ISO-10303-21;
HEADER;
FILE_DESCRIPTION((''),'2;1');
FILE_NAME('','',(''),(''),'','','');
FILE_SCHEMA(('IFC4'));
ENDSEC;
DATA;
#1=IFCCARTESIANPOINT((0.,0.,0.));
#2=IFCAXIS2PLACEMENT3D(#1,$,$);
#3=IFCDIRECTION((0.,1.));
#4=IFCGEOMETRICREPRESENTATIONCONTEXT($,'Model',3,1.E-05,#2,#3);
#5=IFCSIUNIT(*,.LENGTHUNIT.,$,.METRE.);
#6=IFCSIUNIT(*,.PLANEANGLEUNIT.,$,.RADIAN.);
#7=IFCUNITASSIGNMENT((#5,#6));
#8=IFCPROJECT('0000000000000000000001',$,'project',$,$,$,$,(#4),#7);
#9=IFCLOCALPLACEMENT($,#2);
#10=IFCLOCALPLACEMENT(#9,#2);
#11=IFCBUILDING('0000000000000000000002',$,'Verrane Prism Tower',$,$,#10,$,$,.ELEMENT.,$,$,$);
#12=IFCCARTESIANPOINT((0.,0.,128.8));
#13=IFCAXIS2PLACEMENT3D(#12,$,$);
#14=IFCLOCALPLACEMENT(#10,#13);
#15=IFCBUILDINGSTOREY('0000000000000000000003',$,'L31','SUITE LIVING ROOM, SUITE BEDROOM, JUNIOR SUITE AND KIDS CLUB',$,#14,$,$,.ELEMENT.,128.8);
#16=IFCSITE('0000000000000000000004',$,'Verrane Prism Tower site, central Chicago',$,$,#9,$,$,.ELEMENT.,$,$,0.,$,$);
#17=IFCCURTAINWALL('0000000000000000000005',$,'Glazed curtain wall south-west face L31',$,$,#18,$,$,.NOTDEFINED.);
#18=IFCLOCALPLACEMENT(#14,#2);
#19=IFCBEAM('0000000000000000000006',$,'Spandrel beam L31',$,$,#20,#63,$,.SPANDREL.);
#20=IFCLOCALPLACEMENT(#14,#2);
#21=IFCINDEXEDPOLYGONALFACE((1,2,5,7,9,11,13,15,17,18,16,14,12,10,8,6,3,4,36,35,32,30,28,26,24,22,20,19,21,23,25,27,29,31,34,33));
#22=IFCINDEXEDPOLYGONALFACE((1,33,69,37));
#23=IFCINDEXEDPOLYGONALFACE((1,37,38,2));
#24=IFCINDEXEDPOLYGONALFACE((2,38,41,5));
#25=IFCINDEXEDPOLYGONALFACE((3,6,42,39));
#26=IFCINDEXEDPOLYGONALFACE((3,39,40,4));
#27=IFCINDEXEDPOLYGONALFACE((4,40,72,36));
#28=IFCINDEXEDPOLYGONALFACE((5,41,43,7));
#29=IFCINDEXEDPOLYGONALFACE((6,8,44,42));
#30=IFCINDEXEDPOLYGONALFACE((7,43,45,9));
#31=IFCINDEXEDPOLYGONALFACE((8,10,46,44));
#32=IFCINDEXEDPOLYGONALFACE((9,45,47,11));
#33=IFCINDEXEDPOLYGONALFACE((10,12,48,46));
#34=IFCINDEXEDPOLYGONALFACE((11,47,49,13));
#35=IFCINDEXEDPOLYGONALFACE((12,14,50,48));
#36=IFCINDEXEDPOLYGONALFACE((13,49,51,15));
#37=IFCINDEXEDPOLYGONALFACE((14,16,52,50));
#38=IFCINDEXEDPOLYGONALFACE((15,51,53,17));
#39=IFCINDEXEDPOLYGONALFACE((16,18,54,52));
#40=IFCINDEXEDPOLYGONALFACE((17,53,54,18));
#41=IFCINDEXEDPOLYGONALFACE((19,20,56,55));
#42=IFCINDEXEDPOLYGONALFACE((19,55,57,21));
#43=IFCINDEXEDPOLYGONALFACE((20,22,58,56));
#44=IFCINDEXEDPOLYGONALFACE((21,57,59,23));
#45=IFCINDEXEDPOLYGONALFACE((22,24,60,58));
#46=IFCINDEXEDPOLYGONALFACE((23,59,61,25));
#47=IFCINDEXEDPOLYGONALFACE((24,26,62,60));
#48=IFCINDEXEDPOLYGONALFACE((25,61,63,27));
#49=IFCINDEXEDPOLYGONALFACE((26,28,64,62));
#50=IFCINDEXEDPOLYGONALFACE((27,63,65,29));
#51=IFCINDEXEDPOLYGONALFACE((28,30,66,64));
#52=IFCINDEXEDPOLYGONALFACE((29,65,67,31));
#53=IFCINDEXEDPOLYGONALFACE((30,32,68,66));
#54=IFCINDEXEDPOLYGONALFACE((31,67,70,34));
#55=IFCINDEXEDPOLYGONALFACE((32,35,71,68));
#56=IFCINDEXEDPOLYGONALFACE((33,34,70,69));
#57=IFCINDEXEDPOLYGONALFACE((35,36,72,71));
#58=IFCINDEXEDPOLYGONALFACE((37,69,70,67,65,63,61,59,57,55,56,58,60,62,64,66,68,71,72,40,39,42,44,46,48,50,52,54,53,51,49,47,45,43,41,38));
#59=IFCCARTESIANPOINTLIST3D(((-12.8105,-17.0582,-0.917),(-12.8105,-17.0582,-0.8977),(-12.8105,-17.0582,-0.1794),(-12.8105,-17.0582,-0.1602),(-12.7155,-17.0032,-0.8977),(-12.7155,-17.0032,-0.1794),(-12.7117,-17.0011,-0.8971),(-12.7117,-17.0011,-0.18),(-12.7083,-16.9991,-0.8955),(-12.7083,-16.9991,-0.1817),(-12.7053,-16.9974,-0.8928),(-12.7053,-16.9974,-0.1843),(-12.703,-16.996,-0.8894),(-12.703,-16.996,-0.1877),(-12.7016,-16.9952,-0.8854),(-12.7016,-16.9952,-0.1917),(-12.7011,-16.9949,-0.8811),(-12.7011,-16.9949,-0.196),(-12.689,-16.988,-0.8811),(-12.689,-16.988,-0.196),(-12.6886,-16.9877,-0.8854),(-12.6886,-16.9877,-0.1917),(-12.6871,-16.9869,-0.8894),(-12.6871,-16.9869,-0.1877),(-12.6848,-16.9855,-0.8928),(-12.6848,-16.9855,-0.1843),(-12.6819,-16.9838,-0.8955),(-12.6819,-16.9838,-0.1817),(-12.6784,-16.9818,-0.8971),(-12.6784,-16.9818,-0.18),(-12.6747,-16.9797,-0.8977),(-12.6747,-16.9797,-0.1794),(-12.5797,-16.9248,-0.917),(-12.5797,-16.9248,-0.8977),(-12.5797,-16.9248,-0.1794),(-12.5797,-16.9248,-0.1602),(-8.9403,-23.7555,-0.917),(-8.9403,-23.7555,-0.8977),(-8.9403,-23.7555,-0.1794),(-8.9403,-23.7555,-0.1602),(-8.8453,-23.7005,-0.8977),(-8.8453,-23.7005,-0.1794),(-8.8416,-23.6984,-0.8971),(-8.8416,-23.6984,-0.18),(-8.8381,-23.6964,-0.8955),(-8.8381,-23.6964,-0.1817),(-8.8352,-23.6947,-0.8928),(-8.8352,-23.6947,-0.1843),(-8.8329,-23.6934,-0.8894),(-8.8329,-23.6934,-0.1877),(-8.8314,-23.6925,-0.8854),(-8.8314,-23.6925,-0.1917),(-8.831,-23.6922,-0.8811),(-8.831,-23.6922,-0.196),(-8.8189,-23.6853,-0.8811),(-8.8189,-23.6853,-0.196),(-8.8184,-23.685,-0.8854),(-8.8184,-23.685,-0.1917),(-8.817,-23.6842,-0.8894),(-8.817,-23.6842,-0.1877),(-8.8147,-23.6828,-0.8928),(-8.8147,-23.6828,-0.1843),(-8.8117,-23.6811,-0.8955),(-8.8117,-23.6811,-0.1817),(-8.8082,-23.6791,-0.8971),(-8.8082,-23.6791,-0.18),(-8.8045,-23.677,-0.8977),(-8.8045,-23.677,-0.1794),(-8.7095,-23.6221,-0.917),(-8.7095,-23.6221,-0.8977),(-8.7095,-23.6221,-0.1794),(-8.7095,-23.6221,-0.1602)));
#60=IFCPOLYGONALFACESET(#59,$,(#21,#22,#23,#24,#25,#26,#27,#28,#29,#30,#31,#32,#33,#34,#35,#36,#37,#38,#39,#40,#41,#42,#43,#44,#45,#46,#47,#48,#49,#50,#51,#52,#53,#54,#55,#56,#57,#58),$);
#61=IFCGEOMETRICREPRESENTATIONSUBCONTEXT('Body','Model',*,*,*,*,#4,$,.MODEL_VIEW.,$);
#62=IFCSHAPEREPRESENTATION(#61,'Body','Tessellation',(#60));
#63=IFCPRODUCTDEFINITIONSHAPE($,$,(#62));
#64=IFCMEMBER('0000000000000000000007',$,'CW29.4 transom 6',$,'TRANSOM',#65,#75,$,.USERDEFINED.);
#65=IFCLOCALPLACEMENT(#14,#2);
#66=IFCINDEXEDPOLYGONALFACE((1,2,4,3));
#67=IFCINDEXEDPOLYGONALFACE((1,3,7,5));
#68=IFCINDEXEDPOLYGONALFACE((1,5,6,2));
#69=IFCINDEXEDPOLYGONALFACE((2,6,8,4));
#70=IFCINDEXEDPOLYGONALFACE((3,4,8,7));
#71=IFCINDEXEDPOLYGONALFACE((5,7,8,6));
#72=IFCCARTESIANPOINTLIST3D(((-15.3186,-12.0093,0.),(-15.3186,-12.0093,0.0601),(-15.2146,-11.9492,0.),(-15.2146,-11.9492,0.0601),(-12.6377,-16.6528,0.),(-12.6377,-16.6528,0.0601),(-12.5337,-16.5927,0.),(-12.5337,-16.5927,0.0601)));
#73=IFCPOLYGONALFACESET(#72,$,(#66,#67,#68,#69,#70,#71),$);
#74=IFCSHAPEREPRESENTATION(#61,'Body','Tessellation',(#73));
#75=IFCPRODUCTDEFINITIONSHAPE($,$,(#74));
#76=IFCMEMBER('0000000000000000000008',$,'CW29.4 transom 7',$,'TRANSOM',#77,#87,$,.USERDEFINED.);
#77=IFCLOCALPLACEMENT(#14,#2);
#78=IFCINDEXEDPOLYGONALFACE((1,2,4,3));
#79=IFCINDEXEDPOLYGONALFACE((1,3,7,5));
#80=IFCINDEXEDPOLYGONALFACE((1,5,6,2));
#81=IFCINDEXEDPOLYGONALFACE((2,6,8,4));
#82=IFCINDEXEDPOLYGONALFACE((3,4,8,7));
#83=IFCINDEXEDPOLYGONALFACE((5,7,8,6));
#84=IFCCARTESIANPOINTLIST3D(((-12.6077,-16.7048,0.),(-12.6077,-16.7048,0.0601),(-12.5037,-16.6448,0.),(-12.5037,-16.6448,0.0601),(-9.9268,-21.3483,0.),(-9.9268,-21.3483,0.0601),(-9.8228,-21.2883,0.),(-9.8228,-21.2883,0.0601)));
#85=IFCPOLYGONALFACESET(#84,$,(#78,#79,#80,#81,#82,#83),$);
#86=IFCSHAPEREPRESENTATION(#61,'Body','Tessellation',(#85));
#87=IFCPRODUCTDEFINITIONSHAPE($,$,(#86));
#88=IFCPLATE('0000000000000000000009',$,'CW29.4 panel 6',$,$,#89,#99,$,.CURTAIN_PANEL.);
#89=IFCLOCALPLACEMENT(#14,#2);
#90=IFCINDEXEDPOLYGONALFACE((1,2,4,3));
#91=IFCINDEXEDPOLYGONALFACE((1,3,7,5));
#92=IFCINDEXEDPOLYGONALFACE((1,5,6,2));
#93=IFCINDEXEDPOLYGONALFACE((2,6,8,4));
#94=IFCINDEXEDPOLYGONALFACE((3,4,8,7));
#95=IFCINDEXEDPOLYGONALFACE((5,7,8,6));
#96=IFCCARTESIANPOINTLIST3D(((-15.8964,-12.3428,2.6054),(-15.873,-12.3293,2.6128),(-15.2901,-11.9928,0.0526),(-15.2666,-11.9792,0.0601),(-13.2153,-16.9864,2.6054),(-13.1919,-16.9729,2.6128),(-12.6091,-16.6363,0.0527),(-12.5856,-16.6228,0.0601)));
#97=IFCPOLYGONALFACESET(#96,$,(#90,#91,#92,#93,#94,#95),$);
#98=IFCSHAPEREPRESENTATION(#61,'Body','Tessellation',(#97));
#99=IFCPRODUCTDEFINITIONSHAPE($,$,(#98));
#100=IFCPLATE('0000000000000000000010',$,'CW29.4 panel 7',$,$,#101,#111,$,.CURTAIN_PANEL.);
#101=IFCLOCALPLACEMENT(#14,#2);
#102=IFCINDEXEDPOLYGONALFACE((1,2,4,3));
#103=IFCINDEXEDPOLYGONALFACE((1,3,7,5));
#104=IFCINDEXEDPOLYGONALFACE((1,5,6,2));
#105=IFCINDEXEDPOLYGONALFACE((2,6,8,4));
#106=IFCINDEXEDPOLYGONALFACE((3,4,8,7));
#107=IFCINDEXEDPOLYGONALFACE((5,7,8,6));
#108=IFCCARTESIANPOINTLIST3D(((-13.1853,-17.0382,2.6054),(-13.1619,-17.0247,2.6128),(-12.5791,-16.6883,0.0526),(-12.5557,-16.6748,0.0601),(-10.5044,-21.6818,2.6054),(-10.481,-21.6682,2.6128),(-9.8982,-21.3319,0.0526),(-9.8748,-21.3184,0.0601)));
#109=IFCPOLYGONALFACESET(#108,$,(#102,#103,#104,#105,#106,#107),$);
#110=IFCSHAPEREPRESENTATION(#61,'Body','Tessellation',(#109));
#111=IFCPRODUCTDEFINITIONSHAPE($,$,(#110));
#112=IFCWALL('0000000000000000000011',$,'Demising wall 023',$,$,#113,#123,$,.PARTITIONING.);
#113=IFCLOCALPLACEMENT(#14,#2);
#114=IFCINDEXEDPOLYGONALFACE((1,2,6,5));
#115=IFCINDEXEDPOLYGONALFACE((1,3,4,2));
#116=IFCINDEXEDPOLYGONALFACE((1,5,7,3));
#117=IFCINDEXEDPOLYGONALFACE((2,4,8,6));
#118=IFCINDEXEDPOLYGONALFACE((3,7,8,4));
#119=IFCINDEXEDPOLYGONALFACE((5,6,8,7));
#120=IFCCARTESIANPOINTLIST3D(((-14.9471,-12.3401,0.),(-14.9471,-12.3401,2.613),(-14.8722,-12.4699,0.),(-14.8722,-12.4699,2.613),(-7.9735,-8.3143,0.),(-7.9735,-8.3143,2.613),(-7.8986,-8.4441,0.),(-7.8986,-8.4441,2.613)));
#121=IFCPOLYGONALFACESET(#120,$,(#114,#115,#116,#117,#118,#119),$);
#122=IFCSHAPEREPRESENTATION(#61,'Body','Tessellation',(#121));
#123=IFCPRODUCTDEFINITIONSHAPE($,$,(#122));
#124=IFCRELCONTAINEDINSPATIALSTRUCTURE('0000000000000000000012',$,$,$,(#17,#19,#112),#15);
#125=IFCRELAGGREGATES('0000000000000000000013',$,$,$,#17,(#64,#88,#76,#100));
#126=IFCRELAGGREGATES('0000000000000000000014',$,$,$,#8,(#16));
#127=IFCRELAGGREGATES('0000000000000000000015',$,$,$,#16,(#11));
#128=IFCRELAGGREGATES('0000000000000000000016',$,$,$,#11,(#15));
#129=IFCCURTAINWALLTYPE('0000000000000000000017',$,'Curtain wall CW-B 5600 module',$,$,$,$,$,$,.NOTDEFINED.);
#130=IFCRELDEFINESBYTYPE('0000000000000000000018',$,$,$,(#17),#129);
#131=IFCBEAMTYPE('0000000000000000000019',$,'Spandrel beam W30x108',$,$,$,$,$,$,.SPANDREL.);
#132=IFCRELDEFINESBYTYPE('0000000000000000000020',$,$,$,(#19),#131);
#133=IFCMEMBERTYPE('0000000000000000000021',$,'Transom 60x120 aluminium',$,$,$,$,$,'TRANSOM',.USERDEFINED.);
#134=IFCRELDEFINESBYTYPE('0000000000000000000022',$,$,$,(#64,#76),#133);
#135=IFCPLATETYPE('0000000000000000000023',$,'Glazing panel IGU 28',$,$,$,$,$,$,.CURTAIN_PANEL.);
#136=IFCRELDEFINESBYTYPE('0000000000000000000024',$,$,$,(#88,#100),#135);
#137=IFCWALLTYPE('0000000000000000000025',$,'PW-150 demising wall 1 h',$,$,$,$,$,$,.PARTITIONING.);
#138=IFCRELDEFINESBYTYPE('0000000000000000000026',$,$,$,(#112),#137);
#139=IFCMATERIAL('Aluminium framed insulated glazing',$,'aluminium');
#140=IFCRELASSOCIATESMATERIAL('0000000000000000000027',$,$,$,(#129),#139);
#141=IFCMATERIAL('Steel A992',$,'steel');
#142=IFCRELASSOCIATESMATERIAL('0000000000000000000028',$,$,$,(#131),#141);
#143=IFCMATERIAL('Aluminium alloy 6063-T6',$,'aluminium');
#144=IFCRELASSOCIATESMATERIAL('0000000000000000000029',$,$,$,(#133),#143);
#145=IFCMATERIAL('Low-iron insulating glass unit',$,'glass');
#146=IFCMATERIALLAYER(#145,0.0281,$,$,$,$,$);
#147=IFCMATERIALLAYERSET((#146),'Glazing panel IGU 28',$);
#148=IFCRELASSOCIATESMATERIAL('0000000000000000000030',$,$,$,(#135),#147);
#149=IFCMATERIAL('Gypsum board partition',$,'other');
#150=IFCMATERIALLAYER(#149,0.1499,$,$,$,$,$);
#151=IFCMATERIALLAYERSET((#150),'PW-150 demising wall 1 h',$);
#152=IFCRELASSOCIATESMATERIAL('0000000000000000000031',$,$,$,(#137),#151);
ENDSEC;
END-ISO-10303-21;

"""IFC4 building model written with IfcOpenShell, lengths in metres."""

from ifc_helpers import new_model, si_unit, direction, frame, frame_2d, origin, origin_2d, place, context, subcontext, project, spatial, polyline, rectangle, i_section, outline, extrude, material, layer, layer_set, material_profile, profile_set, type_object, element, aggregate, save


model = new_model("IFC4")

# Units and contexts
model_context = context("Model", 3, precision=1e-05, world=origin(), true_north=direction((0.0, 1.0)))
body_context = subcontext(model_context, "Body", "Model", "MODEL_VIEW")
ifc_project = project(units=[si_unit("LENGTHUNIT", "METRE"), si_unit("PLANEANGLEUNIT", "RADIAN")], contexts=[model_context])

# Site, building, storey
site_placement = place(None, origin())
site = spatial("IfcSite", under=ifc_project, at=site_placement, Name="Verrane Prism Tower site, central Chicago", CompositionType="ELEMENT", RefElevation=0.0)
building_placement = place(site_placement, origin())
building = spatial("IfcBuilding", under=site, at=building_placement, Name="Verrane Prism Tower", CompositionType="ELEMENT")
storey_placement = place(building_placement, frame((0.0, 0.0, 128.8)))
storey = spatial("IfcBuildingStorey", under=building, at=storey_placement, Name="L31", Description="SUITE LIVING ROOM, SUITE BEDROOM, JUNIOR SUITE AND KIDS CLUB", CompositionType="ELEMENT", Elevation=128.8)

# Curtain wall
ifc_material_1 = material(Name="Aluminium framed insulated glazing", Category="aluminium")
curtain_wall_type = type_object("IfcCurtainWallType", Name="Curtain wall CW-B 5600 module", PredefinedType="NOTDEFINED", material=ifc_material_1)
curtain_wall_placement = place(storey_placement, origin())
curtain_wall = element("IfcCurtainWall", 1, at=curtain_wall_placement, inside=storey, type_object=curtain_wall_type, Name="Glazed curtain wall south-west face L31", PredefinedType="NOTDEFINED")

# Beam
ifc_material_2 = material(Name="Steel A992", Category="steel")
ifc_material_profile_1 = material_profile(ifc_material_2, i_section(OverallWidth=0.2666, OverallDepth=0.7568, WebThickness=0.0139, FlangeThickness=0.0193, FilletRadius=0.0166, at=origin_2d()), Name="W30x108")
ifc_profile_set_1 = profile_set([ifc_material_profile_1], Name="Steel A992")
beam_type_1 = type_object("IfcBeamType", Name="Spandrel beam W30x108", PredefinedType="SPANDREL", material=ifc_profile_set_1)
beam_1_placement = place(storey_placement, frame((-12.6951, -16.9915, -0.5386), z_axis=(0.500334, -0.865832, 0.0), x_axis=(0.865832, 0.500334, 0.0)))
element("IfcBeam", 2, at=beam_1_placement, inside=storey, type_object=beam_type_1, Name="Spandrel beam L31", PredefinedType="SPANDREL", context=body_context, shape_type="SweptSolid", body=[
    extrude(i_section(OverallWidth=0.2666, OverallDepth=0.7568, WebThickness=0.0139, FlangeThickness=0.0193, FilletRadius=0.0166, at=origin_2d()), origin(), (0.0, 0.0, 1.0), 7.7351),
])

# Members
ifc_material_3 = material(Name="Aluminium alloy 6063-T6", Category="aluminium")
ifc_material_profile_2 = material_profile(ifc_material_3, rectangle(XDim=0.1201, YDim=0.0601, at=origin_2d()), Name="Transom 60x120 aluminium")
ifc_profile_set_2 = profile_set([ifc_material_profile_2], Name="Aluminium alloy 6063-T6")
member_type_1 = type_object("IfcMemberType", Name="Transom 60x120 aluminium", ElementType="TRANSOM", PredefinedType="USERDEFINED", material=ifc_profile_set_2)
member_1_placement = place(storey_placement, frame((-15.2666, -11.9792, 0.03), z_axis=(0.499993, -0.866029, 0.0), x_axis=(0.866029, 0.499993, 0.0)))
member_1 = element("IfcMember", 3, at=member_1_placement, type_object=member_type_1, Name="CW29.4 transom 6", ObjectType="TRANSOM", PredefinedType="USERDEFINED", context=body_context, shape_type="SweptSolid", body=[
    extrude(rectangle(XDim=0.1201, YDim=0.0601, at=origin_2d()), origin(), (0.0, 0.0, 1.0), 5.3618),
])
member_2_placement = place(storey_placement, frame((-12.5557, -16.6748, 0.03), z_axis=(0.499993, -0.866029, 0.0), x_axis=(0.866029, 0.499993, 0.0)))
member_2 = element("IfcMember", 4, at=member_2_placement, type_object=member_type_1, Name="CW29.4 transom 7", ObjectType="TRANSOM", PredefinedType="USERDEFINED", context=body_context, shape_type="SweptSolid", body=[
    extrude(rectangle(XDim=0.1201, YDim=0.0601, at=origin_2d()), origin(), (0.0, 0.0, 1.0), 5.3618),
])

# Plates
ifc_material_4 = material(Name="Low-iron insulating glass unit", Category="glass")
ifc_layer_1 = layer(ifc_material_4, 0.0281)
ifc_layer_set_1 = layer_set([ifc_layer_1], Name="Glazing panel IGU 28")
plate_type = type_object("IfcPlateType", Name="Glazing panel IGU 28", PredefinedType="CURTAIN_PANEL", material=ifc_layer_set_1)
plate_1_placement = place(storey_placement, frame((-15.2666, -11.9792, 0.0601), z_axis=(0.835176, 0.482202, 0.264503), x_axis=(0.500009, -0.86602, 0.000005)))
plate_1 = element("IfcPlate", 5, at=plate_1_placement, type_object=plate_type, Name="CW29.4 panel 6", PredefinedType="CURTAIN_PANEL", context=body_context, shape_type="SweptSolid", body=[
    extrude(outline(polyline([(0.0, 0.0), (5.3619, 0.0), (5.362, -2.647), (0.0, -2.647), (0.0, 0.0)])), origin(), (0.0, 0.0, -1.0), 0.0281),
])
plate_2_placement = place(storey_placement, frame((-12.5557, -16.6748, 0.0601), z_axis=(0.835205, 0.482197, 0.264422), x_axis=(0.499993, -0.866029, 0.0)))
plate_2 = element("IfcPlate", 6, at=plate_2_placement, type_object=plate_type, Name="CW29.4 panel 7", PredefinedType="CURTAIN_PANEL", context=body_context, shape_type="SweptSolid", body=[
    extrude(outline(polyline([(0.0, 0.0), (5.3619, 0.0), (5.3618, -2.6469), (-0.0001, -2.6469), (0.0, 0.0)])), origin(), (0.0, 0.0, -1.0), 0.0281),
])
aggregate(curtain_wall, [member_1, plate_1, member_2, plate_2])

# Wall
ifc_material_5 = material(Name="Gypsum board partition", Category="other")
ifc_layer_2 = layer(ifc_material_5, 0.1499)
ifc_layer_set_2 = layer_set([ifc_layer_2], Name="PW-150 demising wall 1 h")
wall_type = type_object("IfcWallType", Name="PW-150 demising wall 1 h", PredefinedType="PARTITIONING", material=ifc_layer_set_2)
wall_placement = place(storey_placement, frame((-14.9097, -12.405, 0.0), z_axis=(0.0, 0.0, 1.0), x_axis=(0.866044, 0.499967, 0.0)))
element("IfcWall", 7, at=wall_placement, inside=storey, type_object=wall_type, Name="Demising wall 023", PredefinedType="PARTITIONING", context=body_context, shape_type="SweptSolid", body=[
    extrude(rectangle(XDim=8.0522, YDim=0.1499, at=frame_2d((4.0261, 0.0))), origin(), (0.0, 0.0, 1.0), 2.613),
])

save(model, "model.ifc")
